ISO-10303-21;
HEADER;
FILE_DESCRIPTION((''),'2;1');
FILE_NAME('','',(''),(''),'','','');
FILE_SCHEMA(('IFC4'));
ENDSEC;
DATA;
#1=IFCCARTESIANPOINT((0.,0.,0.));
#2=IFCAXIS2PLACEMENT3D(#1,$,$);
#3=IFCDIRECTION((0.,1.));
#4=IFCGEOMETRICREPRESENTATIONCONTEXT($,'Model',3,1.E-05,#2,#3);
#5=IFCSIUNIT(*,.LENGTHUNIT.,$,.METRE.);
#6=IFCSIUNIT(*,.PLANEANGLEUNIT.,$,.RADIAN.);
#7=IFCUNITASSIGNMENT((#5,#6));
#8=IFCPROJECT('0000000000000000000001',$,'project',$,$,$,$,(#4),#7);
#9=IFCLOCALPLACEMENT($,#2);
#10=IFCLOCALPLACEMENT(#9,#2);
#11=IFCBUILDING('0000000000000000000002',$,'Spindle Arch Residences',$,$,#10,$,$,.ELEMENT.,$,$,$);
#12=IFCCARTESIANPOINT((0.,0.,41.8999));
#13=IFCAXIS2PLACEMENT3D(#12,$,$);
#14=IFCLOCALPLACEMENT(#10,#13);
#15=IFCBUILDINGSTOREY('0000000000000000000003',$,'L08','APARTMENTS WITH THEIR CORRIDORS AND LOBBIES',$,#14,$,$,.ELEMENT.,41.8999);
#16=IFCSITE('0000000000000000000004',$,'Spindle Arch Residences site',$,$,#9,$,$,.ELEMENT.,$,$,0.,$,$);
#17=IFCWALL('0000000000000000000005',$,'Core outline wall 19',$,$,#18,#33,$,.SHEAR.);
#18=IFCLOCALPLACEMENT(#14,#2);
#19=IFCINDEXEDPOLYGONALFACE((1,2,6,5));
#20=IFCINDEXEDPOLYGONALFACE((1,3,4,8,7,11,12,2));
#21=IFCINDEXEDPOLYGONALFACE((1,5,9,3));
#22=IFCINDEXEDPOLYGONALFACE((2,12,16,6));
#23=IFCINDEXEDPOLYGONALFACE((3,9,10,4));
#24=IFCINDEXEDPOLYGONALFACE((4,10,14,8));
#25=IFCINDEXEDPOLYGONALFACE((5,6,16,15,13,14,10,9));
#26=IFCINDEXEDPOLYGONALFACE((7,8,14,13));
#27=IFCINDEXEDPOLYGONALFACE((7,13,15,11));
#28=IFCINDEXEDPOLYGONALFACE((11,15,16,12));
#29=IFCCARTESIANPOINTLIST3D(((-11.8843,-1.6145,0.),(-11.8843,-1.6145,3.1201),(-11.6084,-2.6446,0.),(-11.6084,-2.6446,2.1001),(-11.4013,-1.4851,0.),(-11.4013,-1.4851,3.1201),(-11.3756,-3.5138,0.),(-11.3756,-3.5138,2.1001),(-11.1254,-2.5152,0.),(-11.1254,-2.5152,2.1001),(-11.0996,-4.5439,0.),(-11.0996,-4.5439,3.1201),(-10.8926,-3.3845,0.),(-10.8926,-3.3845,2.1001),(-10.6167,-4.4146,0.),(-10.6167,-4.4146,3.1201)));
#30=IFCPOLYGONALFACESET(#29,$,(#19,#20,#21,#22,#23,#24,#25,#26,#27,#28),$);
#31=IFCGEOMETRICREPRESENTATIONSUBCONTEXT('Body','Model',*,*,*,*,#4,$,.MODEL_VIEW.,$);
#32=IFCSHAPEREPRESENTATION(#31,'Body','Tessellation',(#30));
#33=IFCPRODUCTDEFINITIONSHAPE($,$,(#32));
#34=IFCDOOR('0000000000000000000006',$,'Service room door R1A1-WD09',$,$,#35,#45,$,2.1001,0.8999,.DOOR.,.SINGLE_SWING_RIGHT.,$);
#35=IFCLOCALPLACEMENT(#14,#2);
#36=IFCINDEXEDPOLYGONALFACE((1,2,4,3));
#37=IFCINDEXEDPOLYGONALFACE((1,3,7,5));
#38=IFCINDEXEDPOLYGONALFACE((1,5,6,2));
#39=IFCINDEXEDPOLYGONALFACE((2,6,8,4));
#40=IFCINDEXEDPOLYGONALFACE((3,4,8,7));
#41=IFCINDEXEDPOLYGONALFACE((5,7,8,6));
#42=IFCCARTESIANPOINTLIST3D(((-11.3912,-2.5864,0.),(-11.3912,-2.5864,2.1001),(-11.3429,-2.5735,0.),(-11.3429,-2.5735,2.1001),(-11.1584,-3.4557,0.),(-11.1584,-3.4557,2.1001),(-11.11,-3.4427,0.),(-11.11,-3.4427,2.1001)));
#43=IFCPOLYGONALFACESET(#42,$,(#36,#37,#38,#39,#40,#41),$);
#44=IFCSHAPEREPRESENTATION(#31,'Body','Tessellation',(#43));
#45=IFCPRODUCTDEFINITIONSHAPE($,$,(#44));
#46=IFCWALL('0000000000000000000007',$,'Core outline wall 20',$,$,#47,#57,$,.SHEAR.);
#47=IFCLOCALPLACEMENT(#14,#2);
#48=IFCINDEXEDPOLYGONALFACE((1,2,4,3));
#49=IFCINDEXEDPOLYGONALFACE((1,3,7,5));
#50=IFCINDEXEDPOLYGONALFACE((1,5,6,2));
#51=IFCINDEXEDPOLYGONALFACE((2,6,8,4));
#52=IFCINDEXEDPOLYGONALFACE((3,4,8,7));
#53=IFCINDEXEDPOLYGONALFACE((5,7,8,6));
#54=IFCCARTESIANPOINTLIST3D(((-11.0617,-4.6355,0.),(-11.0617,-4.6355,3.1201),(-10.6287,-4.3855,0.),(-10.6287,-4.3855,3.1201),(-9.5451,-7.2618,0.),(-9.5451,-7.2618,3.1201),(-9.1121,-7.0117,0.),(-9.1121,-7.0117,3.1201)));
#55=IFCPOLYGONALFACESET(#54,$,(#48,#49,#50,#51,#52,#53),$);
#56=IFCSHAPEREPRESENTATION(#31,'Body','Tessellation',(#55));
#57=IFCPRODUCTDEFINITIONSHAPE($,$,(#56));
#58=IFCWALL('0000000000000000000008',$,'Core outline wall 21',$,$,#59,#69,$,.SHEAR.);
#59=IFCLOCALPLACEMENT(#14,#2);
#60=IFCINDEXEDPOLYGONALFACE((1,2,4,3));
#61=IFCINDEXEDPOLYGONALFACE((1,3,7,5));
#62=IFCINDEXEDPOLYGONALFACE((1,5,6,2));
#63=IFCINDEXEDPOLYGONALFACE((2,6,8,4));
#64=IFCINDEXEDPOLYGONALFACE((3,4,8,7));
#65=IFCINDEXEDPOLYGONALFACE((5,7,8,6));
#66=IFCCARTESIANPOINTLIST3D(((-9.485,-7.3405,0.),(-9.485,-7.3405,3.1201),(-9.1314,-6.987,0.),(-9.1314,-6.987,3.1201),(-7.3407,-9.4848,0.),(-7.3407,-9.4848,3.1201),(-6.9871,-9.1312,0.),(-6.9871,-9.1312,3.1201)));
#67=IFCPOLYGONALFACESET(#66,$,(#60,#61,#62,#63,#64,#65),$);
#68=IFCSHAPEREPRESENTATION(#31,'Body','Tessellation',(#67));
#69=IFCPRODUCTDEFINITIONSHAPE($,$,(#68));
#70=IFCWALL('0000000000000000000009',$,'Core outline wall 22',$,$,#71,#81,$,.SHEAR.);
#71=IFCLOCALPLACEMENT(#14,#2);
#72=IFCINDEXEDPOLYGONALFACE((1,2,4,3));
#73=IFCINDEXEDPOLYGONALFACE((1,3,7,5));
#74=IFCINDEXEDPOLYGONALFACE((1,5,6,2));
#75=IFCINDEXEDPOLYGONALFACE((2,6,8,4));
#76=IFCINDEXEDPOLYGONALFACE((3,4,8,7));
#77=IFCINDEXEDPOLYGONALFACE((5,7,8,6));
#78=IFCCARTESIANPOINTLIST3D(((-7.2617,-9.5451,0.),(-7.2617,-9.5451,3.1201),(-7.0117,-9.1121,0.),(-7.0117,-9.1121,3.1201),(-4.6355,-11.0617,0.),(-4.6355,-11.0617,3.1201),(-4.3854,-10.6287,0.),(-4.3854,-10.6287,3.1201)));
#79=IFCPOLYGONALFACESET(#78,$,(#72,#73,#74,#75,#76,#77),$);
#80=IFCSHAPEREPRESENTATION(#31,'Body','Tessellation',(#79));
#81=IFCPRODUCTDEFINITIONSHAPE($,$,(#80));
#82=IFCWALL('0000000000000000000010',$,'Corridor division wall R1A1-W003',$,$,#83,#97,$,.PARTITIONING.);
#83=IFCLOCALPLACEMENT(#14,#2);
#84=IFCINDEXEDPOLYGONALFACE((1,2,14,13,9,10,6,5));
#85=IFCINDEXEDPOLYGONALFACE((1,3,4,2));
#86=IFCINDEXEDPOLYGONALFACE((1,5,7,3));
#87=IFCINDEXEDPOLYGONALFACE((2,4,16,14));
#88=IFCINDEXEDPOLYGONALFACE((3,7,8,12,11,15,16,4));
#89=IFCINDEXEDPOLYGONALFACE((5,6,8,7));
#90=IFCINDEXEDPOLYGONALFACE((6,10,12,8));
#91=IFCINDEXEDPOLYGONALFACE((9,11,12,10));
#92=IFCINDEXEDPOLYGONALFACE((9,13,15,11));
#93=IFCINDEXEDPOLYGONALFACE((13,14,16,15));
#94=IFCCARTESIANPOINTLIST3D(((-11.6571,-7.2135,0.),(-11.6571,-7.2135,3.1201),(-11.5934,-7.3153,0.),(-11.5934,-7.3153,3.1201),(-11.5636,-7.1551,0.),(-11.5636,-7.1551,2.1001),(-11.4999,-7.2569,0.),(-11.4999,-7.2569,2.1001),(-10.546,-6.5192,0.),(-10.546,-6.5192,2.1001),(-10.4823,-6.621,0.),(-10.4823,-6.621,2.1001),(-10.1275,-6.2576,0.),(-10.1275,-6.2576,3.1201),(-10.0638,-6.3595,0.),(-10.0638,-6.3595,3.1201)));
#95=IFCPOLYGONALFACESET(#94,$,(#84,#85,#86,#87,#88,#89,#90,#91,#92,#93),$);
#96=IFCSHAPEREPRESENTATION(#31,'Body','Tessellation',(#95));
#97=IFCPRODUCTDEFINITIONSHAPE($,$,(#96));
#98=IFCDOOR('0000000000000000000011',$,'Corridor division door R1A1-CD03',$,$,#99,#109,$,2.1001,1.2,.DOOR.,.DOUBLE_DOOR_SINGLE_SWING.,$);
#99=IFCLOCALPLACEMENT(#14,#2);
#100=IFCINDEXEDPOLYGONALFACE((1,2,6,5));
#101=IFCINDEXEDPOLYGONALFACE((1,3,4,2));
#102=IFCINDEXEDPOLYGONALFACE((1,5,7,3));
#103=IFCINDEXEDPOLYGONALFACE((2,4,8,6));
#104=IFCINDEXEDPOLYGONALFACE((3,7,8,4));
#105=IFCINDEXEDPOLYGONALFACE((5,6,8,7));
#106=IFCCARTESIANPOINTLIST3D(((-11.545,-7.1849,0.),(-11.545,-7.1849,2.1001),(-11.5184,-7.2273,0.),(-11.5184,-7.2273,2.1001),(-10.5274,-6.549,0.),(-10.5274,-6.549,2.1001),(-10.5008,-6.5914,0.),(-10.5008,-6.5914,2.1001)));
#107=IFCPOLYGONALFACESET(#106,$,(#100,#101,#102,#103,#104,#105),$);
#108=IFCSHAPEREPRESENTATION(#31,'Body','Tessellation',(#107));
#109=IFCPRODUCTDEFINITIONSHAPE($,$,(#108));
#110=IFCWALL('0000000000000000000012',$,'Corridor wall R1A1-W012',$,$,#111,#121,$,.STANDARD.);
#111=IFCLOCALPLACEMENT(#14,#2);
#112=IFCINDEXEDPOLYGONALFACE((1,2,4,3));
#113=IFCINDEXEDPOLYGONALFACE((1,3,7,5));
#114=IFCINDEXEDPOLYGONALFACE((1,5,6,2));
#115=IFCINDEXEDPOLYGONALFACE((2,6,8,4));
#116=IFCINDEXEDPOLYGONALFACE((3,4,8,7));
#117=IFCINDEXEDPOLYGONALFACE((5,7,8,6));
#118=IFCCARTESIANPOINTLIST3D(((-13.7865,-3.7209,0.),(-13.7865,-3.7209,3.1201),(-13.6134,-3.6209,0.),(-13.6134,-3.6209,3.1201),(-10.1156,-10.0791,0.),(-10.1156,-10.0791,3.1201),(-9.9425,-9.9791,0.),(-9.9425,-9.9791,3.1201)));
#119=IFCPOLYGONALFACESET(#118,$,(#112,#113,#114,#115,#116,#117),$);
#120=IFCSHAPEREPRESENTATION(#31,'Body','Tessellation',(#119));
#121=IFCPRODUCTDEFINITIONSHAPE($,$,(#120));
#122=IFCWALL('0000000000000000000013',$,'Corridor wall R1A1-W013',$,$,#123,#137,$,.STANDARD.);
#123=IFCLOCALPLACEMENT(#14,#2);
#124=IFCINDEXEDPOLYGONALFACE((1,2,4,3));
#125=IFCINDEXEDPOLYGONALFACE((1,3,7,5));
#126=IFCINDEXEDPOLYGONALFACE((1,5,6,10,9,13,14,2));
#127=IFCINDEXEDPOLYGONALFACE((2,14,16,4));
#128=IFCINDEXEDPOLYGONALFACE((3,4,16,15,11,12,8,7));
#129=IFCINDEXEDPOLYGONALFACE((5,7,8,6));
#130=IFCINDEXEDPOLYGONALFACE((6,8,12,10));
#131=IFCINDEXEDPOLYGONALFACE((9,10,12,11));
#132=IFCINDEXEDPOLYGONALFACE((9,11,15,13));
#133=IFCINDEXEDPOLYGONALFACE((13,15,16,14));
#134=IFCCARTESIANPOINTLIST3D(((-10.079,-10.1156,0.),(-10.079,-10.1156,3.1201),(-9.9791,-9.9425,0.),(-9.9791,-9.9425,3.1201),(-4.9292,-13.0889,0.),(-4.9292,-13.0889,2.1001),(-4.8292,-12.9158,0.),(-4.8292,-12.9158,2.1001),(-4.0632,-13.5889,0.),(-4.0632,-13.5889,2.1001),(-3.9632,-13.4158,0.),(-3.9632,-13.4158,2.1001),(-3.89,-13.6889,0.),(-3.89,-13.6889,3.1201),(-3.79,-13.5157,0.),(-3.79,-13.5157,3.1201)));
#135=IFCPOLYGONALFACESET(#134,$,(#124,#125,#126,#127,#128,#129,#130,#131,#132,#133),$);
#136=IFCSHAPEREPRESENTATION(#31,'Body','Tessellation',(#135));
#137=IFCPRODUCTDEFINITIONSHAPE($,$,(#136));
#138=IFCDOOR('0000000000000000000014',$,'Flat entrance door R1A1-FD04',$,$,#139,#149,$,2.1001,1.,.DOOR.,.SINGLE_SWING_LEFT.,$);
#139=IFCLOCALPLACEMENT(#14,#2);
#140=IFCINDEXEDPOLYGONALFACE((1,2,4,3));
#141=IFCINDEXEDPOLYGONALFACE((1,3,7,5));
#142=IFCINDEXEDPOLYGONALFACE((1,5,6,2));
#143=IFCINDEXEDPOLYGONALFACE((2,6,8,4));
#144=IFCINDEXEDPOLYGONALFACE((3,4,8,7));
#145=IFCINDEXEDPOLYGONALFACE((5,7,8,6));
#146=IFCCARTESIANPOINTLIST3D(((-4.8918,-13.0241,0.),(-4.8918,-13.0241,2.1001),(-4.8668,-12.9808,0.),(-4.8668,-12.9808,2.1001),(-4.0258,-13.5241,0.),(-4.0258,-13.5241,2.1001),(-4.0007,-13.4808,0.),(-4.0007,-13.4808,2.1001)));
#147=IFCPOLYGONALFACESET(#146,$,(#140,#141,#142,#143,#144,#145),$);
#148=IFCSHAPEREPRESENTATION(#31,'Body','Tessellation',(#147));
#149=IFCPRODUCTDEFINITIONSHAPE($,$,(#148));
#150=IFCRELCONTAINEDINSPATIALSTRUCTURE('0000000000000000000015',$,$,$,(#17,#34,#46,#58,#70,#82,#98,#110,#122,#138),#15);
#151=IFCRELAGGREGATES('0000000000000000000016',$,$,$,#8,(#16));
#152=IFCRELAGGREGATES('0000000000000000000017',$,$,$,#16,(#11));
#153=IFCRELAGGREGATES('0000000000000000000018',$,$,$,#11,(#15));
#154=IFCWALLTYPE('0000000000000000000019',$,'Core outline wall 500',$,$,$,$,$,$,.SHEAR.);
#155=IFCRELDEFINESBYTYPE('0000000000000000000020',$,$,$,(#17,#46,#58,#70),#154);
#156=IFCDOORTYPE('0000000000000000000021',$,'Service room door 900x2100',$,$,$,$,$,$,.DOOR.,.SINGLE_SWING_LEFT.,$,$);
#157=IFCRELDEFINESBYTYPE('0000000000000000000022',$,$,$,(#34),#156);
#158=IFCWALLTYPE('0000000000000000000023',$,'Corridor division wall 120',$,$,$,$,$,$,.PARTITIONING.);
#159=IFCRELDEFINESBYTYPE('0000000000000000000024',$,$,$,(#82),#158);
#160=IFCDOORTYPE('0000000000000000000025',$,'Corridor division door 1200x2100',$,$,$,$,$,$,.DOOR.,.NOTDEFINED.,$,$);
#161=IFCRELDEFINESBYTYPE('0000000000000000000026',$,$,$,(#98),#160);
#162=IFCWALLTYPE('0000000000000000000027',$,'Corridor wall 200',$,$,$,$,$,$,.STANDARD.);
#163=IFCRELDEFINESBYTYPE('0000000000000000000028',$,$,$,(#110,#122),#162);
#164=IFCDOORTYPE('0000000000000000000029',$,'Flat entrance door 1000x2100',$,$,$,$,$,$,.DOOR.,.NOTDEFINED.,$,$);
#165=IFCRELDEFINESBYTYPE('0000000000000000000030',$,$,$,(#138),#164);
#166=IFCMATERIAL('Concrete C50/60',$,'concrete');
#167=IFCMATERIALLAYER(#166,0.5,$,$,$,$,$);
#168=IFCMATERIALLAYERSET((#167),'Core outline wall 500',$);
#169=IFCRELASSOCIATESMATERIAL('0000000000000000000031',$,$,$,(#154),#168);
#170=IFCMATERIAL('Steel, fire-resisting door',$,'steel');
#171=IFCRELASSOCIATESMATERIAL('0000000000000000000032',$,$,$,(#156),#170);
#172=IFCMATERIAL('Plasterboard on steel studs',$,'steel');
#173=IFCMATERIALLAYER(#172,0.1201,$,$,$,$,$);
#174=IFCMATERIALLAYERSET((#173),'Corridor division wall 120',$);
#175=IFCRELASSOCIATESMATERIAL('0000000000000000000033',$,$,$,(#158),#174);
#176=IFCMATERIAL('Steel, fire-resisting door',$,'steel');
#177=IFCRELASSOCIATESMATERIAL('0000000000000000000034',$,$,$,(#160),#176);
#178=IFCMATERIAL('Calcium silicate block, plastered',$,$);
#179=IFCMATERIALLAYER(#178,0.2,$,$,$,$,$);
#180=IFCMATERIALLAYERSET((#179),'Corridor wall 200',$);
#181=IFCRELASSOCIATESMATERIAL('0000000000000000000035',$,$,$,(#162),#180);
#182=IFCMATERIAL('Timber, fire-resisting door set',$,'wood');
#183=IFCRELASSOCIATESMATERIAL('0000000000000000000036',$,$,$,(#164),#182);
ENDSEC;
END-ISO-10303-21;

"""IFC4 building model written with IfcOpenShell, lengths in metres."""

from ifc_helpers import new_model, si_unit, direction, frame, frame_2d, origin, place, context, subcontext, project, spatial, rectangle, extrude, material, layer, layer_set, type_object, element, fill, save


model = new_model("IFC4")

# Units and contexts
model_context = context("Model", 3, precision=1e-05, world=origin(), true_north=direction((0.0, 1.0)))
body_context = subcontext(model_context, "Body", "Model", "MODEL_VIEW")
ifc_project = project(units=[si_unit("LENGTHUNIT", "METRE"), si_unit("PLANEANGLEUNIT", "RADIAN")], contexts=[model_context])

# Site, building, storey
site_placement = place(None, origin())
site = spatial("IfcSite", under=ifc_project, at=site_placement, Name="Spindle Arch Residences site", CompositionType="ELEMENT", RefElevation=0.0)
building_placement = place(site_placement, origin())
building = spatial("IfcBuilding", under=site, at=building_placement, Name="Spindle Arch Residences", CompositionType="ELEMENT")
storey_placement = place(building_placement, frame((0.0, 0.0, 41.8999)))
storey = spatial("IfcBuildingStorey", under=building, at=storey_placement, Name="L08", Description="APARTMENTS WITH THEIR CORRIDORS AND LOBBIES", CompositionType="ELEMENT", Elevation=41.8999)

# Wall, opening, door
ifc_material_1 = material(Name="Concrete C50/60", Category="concrete")
ifc_layer_1 = layer(ifc_material_1, 0.5)
ifc_layer_set_1 = layer_set([ifc_layer_1], Name="Core outline wall 500")
wall_type_1 = type_object("IfcWallType", Name="Core outline wall 500", PredefinedType="SHEAR", material=ifc_layer_set_1)
wall_1_placement = place(storey_placement, frame((-11.6428, -1.5498, 0.0), z_axis=(0.0, 0.0, 1.0), x_axis=(0.258735, -0.965948, 0.0)))
wall_1 = element("IfcWall", 1, at=wall_1_placement, inside=storey, type_object=wall_type_1, Name="Core outline wall 19", PredefinedType="SHEAR", context=body_context, shape_type="SweptSolid", body=[
    extrude(rectangle(XDim=3.0327, YDim=0.5, at=frame_2d((1.5164, 0.0))), origin(), (0.0, 0.0, 1.0), 3.1201),
])
opening_1_placement = place(wall_1_placement, frame((1.0664, 0.0, 0.0)))
opening_1 = element("IfcOpeningElement", 2, at=opening_1_placement, cuts=wall_1, PredefinedType="OPENING", context=body_context, shape_type="SweptSolid", body=[
    extrude(rectangle(XDim=0.8999, YDim=2.1001, at=frame_2d((0.45, 1.05))), frame((0.0, 0.26, 0.0), z_axis=(0.0, -1.0, 0.0), x_axis=(1.0, 0.0, 0.0)), (0.0, 0.0, 1.0), 0.52),
])
ifc_material_2 = material(Name="Steel, fire-resisting door", Category="steel")
door_type_1 = type_object("IfcDoorType", Name="Service room door 900x2100", OperationType="SINGLE_SWING_LEFT", PredefinedType="DOOR", material=ifc_material_2)
door_1_placement = place(opening_1_placement, origin())
door_1 = element("IfcDoor", 3, at=door_1_placement, inside=storey, type_object=door_type_1, Name="Service room door R1A1-WD09", OperationType="SINGLE_SWING_RIGHT", OverallHeight=2.1001, OverallWidth=0.8999, PredefinedType="DOOR", context=body_context, shape_type="SweptSolid", body=[
    extrude(rectangle(XDim=0.8999, YDim=2.1001, at=frame_2d((0.45, 1.05))), frame((0.0, 0.0249, 0.0), z_axis=(0.0, -1.0, 0.0), x_axis=(1.0, 0.0, 0.0)), (0.0, 0.0, 1.0), 0.05),
])
fill(opening_1, door_1)

# Walls
wall_2_placement = place(storey_placement, frame((-10.8452, -4.5105, 0.0), z_axis=(0.0, 0.0, 1.0), x_axis=(0.500087, -0.865975, 0.0)))
element("IfcWall", 4, at=wall_2_placement, inside=storey, type_object=wall_type_1, Name="Core outline wall 20", PredefinedType="SHEAR", context=body_context, shape_type="SweptSolid", body=[
    extrude(rectangle(XDim=3.0327, YDim=0.5, at=frame_2d((1.5164, 0.0))), origin(), (0.0, 0.0, 1.0), 3.1201),
])
wall_3_placement = place(storey_placement, frame((-9.3081, -7.1638, 0.0), z_axis=(0.0, 0.0, 1.0), x_axis=(0.707107, -0.707107, 0.0)))
element("IfcWall", 5, at=wall_3_placement, inside=storey, type_object=wall_type_1, Name="Core outline wall 21", PredefinedType="SHEAR", context=body_context, shape_type="SweptSolid", body=[
    extrude(rectangle(XDim=3.0325, YDim=0.5, at=frame_2d((1.5161, 0.0))), origin(), (0.0, 0.0, 1.0), 3.1201),
])
wall_4_placement = place(storey_placement, frame((-7.1367, -9.3286, 0.0), z_axis=(0.0, 0.0, 1.0), x_axis=(0.865975, -0.500087, 0.0)))
element("IfcWall", 6, at=wall_4_placement, inside=storey, type_object=wall_type_1, Name="Core outline wall 22", PredefinedType="SHEAR", context=body_context, shape_type="SweptSolid", body=[
    extrude(rectangle(XDim=3.0327, YDim=0.5, at=frame_2d((1.5164, 0.0))), origin(), (0.0, 0.0, 1.0), 3.1201),
])

# Wall, opening, door
ifc_material_3 = material(Name="Plasterboard on steel studs", Category="steel")
ifc_layer_2 = layer(ifc_material_3, 0.1201)
ifc_layer_set_2 = layer_set([ifc_layer_2], Name="Corridor division wall 120")
wall_type_2 = type_object("IfcWallType", Name="Corridor division wall 120", PredefinedType="PARTITIONING", material=ifc_layer_set_2)
wall_5_placement = place(storey_placement, frame((-11.6252, -7.2644, 0.0), z_axis=(0.0, 0.0, 1.0), x_axis=(0.848036, 0.529938, 0.0)))
wall_5 = element("IfcWall", 7, at=wall_5_placement, inside=storey, type_object=wall_type_2, Name="Corridor division wall R1A1-W003", PredefinedType="PARTITIONING", context=body_context, shape_type="SweptSolid", body=[
    extrude(rectangle(XDim=1.8037, YDim=0.1201, at=frame_2d((0.9019, 0.0))), origin(), (0.0, 0.0, 1.0), 3.1201),
])
opening_2_placement = place(wall_5_placement, frame((0.1101, 0.0, 0.0)))
opening_2 = element("IfcOpeningElement", 8, at=opening_2_placement, cuts=wall_5, PredefinedType="OPENING", context=body_context, shape_type="SweptSolid", body=[
    extrude(rectangle(XDim=1.2, YDim=2.1001, at=frame_2d((0.6001, 1.05))), frame((0.0, 0.0701, 0.0), z_axis=(0.0, -1.0, 0.0), x_axis=(1.0, 0.0, 0.0)), (0.0, 0.0, 1.0), 0.1401),
])
ifc_material_4 = material(Name="Steel, fire-resisting door", Category="steel")
door_type_2 = type_object("IfcDoorType", Name="Corridor division door 1200x2100", OperationType="NOTDEFINED", PredefinedType="DOOR", material=ifc_material_4)
door_2_placement = place(opening_2_placement, origin())
door_2 = element("IfcDoor", 9, at=door_2_placement, inside=storey, type_object=door_type_2, Name="Corridor division door R1A1-CD03", OperationType="DOUBLE_DOOR_SINGLE_SWING", OverallHeight=2.1001, OverallWidth=1.2, PredefinedType="DOOR", context=body_context, shape_type="SweptSolid", body=[
    extrude(rectangle(XDim=1.2, YDim=2.1001, at=frame_2d((0.6001, 1.05))), frame((0.0, 0.0249, 0.0), z_axis=(0.0, -1.0, 0.0), x_axis=(1.0, 0.0, 0.0)), (0.0, 0.0, 1.0), 0.05),
])
fill(opening_2, door_2)

# Wall
ifc_material_5 = material(Name="Calcium silicate block, plastered")
ifc_layer_3 = layer(ifc_material_5, 0.2)
ifc_layer_set_3 = layer_set([ifc_layer_3], Name="Corridor wall 200")
wall_type_3 = type_object("IfcWallType", Name="Corridor wall 200", PredefinedType="STANDARD", material=ifc_layer_set_3)
wall_6_placement = place(storey_placement, frame((-13.7, -3.6709, 0.0), z_axis=(0.0, 0.0, 1.0), x_axis=(0.500002, -0.866024, 0.0)))
element("IfcWall", 10, at=wall_6_placement, inside=storey, type_object=wall_type_3, Name="Corridor wall R1A1-W012", PredefinedType="STANDARD", context=body_context, shape_type="SweptSolid", body=[
    extrude(rectangle(XDim=7.3418, YDim=0.2, at=frame_2d((3.6709, 0.0))), origin(), (0.0, 0.0, 1.0), 3.1201),
])

# Wall, opening, door
wall_7_placement = place(storey_placement, frame((-10.0291, -10.0291, 0.0), z_axis=(0.0, 0.0, 1.0), x_axis=(0.866023, -0.500004, 0.0)))
wall_7 = element("IfcWall", 11, at=wall_7_placement, inside=storey, type_object=wall_type_3, Name="Corridor wall R1A1-W013", PredefinedType="STANDARD", context=body_context, shape_type="SweptSolid", body=[
    extrude(rectangle(XDim=7.1465, YDim=0.2, at=frame_2d((3.5732, 0.0))), origin(), (0.0, 0.0, 1.0), 3.1201),
])
opening_3_placement = place(wall_7_placement, frame((5.9465, 0.0, 0.0)))
opening_3 = element("IfcOpeningElement", 12, at=opening_3_placement, cuts=wall_7, PredefinedType="OPENING", context=body_context, shape_type="SweptSolid", body=[
    extrude(rectangle(XDim=1.0, YDim=2.1001, at=frame_2d((0.5, 1.05))), frame((0.0, 0.1099, 0.0), z_axis=(0.0, -1.0, 0.0), x_axis=(1.0, 0.0, 0.0)), (0.0, 0.0, 1.0), 0.22),
])
ifc_material_6 = material(Name="Timber, fire-resisting door set", Category="wood")
door_type_3 = type_object("IfcDoorType", Name="Flat entrance door 1000x2100", OperationType="NOTDEFINED", PredefinedType="DOOR", material=ifc_material_6)
door_3_placement = place(opening_3_placement, origin())
door_3 = element("IfcDoor", 13, at=door_3_placement, inside=storey, type_object=door_type_3, Name="Flat entrance door R1A1-FD04", OperationType="SINGLE_SWING_LEFT", OverallHeight=2.1001, OverallWidth=1.0, PredefinedType="DOOR", context=body_context, shape_type="SweptSolid", body=[
    extrude(rectangle(XDim=1.0, YDim=2.1001, at=frame_2d((0.5, 1.05))), frame((0.0, 0.0249, 0.0), z_axis=(0.0, -1.0, 0.0), x_axis=(1.0, 0.0, 0.0)), (0.0, 0.0, 1.0), 0.05),
])
fill(opening_3, door_3)

save(model, "model.ifc")
